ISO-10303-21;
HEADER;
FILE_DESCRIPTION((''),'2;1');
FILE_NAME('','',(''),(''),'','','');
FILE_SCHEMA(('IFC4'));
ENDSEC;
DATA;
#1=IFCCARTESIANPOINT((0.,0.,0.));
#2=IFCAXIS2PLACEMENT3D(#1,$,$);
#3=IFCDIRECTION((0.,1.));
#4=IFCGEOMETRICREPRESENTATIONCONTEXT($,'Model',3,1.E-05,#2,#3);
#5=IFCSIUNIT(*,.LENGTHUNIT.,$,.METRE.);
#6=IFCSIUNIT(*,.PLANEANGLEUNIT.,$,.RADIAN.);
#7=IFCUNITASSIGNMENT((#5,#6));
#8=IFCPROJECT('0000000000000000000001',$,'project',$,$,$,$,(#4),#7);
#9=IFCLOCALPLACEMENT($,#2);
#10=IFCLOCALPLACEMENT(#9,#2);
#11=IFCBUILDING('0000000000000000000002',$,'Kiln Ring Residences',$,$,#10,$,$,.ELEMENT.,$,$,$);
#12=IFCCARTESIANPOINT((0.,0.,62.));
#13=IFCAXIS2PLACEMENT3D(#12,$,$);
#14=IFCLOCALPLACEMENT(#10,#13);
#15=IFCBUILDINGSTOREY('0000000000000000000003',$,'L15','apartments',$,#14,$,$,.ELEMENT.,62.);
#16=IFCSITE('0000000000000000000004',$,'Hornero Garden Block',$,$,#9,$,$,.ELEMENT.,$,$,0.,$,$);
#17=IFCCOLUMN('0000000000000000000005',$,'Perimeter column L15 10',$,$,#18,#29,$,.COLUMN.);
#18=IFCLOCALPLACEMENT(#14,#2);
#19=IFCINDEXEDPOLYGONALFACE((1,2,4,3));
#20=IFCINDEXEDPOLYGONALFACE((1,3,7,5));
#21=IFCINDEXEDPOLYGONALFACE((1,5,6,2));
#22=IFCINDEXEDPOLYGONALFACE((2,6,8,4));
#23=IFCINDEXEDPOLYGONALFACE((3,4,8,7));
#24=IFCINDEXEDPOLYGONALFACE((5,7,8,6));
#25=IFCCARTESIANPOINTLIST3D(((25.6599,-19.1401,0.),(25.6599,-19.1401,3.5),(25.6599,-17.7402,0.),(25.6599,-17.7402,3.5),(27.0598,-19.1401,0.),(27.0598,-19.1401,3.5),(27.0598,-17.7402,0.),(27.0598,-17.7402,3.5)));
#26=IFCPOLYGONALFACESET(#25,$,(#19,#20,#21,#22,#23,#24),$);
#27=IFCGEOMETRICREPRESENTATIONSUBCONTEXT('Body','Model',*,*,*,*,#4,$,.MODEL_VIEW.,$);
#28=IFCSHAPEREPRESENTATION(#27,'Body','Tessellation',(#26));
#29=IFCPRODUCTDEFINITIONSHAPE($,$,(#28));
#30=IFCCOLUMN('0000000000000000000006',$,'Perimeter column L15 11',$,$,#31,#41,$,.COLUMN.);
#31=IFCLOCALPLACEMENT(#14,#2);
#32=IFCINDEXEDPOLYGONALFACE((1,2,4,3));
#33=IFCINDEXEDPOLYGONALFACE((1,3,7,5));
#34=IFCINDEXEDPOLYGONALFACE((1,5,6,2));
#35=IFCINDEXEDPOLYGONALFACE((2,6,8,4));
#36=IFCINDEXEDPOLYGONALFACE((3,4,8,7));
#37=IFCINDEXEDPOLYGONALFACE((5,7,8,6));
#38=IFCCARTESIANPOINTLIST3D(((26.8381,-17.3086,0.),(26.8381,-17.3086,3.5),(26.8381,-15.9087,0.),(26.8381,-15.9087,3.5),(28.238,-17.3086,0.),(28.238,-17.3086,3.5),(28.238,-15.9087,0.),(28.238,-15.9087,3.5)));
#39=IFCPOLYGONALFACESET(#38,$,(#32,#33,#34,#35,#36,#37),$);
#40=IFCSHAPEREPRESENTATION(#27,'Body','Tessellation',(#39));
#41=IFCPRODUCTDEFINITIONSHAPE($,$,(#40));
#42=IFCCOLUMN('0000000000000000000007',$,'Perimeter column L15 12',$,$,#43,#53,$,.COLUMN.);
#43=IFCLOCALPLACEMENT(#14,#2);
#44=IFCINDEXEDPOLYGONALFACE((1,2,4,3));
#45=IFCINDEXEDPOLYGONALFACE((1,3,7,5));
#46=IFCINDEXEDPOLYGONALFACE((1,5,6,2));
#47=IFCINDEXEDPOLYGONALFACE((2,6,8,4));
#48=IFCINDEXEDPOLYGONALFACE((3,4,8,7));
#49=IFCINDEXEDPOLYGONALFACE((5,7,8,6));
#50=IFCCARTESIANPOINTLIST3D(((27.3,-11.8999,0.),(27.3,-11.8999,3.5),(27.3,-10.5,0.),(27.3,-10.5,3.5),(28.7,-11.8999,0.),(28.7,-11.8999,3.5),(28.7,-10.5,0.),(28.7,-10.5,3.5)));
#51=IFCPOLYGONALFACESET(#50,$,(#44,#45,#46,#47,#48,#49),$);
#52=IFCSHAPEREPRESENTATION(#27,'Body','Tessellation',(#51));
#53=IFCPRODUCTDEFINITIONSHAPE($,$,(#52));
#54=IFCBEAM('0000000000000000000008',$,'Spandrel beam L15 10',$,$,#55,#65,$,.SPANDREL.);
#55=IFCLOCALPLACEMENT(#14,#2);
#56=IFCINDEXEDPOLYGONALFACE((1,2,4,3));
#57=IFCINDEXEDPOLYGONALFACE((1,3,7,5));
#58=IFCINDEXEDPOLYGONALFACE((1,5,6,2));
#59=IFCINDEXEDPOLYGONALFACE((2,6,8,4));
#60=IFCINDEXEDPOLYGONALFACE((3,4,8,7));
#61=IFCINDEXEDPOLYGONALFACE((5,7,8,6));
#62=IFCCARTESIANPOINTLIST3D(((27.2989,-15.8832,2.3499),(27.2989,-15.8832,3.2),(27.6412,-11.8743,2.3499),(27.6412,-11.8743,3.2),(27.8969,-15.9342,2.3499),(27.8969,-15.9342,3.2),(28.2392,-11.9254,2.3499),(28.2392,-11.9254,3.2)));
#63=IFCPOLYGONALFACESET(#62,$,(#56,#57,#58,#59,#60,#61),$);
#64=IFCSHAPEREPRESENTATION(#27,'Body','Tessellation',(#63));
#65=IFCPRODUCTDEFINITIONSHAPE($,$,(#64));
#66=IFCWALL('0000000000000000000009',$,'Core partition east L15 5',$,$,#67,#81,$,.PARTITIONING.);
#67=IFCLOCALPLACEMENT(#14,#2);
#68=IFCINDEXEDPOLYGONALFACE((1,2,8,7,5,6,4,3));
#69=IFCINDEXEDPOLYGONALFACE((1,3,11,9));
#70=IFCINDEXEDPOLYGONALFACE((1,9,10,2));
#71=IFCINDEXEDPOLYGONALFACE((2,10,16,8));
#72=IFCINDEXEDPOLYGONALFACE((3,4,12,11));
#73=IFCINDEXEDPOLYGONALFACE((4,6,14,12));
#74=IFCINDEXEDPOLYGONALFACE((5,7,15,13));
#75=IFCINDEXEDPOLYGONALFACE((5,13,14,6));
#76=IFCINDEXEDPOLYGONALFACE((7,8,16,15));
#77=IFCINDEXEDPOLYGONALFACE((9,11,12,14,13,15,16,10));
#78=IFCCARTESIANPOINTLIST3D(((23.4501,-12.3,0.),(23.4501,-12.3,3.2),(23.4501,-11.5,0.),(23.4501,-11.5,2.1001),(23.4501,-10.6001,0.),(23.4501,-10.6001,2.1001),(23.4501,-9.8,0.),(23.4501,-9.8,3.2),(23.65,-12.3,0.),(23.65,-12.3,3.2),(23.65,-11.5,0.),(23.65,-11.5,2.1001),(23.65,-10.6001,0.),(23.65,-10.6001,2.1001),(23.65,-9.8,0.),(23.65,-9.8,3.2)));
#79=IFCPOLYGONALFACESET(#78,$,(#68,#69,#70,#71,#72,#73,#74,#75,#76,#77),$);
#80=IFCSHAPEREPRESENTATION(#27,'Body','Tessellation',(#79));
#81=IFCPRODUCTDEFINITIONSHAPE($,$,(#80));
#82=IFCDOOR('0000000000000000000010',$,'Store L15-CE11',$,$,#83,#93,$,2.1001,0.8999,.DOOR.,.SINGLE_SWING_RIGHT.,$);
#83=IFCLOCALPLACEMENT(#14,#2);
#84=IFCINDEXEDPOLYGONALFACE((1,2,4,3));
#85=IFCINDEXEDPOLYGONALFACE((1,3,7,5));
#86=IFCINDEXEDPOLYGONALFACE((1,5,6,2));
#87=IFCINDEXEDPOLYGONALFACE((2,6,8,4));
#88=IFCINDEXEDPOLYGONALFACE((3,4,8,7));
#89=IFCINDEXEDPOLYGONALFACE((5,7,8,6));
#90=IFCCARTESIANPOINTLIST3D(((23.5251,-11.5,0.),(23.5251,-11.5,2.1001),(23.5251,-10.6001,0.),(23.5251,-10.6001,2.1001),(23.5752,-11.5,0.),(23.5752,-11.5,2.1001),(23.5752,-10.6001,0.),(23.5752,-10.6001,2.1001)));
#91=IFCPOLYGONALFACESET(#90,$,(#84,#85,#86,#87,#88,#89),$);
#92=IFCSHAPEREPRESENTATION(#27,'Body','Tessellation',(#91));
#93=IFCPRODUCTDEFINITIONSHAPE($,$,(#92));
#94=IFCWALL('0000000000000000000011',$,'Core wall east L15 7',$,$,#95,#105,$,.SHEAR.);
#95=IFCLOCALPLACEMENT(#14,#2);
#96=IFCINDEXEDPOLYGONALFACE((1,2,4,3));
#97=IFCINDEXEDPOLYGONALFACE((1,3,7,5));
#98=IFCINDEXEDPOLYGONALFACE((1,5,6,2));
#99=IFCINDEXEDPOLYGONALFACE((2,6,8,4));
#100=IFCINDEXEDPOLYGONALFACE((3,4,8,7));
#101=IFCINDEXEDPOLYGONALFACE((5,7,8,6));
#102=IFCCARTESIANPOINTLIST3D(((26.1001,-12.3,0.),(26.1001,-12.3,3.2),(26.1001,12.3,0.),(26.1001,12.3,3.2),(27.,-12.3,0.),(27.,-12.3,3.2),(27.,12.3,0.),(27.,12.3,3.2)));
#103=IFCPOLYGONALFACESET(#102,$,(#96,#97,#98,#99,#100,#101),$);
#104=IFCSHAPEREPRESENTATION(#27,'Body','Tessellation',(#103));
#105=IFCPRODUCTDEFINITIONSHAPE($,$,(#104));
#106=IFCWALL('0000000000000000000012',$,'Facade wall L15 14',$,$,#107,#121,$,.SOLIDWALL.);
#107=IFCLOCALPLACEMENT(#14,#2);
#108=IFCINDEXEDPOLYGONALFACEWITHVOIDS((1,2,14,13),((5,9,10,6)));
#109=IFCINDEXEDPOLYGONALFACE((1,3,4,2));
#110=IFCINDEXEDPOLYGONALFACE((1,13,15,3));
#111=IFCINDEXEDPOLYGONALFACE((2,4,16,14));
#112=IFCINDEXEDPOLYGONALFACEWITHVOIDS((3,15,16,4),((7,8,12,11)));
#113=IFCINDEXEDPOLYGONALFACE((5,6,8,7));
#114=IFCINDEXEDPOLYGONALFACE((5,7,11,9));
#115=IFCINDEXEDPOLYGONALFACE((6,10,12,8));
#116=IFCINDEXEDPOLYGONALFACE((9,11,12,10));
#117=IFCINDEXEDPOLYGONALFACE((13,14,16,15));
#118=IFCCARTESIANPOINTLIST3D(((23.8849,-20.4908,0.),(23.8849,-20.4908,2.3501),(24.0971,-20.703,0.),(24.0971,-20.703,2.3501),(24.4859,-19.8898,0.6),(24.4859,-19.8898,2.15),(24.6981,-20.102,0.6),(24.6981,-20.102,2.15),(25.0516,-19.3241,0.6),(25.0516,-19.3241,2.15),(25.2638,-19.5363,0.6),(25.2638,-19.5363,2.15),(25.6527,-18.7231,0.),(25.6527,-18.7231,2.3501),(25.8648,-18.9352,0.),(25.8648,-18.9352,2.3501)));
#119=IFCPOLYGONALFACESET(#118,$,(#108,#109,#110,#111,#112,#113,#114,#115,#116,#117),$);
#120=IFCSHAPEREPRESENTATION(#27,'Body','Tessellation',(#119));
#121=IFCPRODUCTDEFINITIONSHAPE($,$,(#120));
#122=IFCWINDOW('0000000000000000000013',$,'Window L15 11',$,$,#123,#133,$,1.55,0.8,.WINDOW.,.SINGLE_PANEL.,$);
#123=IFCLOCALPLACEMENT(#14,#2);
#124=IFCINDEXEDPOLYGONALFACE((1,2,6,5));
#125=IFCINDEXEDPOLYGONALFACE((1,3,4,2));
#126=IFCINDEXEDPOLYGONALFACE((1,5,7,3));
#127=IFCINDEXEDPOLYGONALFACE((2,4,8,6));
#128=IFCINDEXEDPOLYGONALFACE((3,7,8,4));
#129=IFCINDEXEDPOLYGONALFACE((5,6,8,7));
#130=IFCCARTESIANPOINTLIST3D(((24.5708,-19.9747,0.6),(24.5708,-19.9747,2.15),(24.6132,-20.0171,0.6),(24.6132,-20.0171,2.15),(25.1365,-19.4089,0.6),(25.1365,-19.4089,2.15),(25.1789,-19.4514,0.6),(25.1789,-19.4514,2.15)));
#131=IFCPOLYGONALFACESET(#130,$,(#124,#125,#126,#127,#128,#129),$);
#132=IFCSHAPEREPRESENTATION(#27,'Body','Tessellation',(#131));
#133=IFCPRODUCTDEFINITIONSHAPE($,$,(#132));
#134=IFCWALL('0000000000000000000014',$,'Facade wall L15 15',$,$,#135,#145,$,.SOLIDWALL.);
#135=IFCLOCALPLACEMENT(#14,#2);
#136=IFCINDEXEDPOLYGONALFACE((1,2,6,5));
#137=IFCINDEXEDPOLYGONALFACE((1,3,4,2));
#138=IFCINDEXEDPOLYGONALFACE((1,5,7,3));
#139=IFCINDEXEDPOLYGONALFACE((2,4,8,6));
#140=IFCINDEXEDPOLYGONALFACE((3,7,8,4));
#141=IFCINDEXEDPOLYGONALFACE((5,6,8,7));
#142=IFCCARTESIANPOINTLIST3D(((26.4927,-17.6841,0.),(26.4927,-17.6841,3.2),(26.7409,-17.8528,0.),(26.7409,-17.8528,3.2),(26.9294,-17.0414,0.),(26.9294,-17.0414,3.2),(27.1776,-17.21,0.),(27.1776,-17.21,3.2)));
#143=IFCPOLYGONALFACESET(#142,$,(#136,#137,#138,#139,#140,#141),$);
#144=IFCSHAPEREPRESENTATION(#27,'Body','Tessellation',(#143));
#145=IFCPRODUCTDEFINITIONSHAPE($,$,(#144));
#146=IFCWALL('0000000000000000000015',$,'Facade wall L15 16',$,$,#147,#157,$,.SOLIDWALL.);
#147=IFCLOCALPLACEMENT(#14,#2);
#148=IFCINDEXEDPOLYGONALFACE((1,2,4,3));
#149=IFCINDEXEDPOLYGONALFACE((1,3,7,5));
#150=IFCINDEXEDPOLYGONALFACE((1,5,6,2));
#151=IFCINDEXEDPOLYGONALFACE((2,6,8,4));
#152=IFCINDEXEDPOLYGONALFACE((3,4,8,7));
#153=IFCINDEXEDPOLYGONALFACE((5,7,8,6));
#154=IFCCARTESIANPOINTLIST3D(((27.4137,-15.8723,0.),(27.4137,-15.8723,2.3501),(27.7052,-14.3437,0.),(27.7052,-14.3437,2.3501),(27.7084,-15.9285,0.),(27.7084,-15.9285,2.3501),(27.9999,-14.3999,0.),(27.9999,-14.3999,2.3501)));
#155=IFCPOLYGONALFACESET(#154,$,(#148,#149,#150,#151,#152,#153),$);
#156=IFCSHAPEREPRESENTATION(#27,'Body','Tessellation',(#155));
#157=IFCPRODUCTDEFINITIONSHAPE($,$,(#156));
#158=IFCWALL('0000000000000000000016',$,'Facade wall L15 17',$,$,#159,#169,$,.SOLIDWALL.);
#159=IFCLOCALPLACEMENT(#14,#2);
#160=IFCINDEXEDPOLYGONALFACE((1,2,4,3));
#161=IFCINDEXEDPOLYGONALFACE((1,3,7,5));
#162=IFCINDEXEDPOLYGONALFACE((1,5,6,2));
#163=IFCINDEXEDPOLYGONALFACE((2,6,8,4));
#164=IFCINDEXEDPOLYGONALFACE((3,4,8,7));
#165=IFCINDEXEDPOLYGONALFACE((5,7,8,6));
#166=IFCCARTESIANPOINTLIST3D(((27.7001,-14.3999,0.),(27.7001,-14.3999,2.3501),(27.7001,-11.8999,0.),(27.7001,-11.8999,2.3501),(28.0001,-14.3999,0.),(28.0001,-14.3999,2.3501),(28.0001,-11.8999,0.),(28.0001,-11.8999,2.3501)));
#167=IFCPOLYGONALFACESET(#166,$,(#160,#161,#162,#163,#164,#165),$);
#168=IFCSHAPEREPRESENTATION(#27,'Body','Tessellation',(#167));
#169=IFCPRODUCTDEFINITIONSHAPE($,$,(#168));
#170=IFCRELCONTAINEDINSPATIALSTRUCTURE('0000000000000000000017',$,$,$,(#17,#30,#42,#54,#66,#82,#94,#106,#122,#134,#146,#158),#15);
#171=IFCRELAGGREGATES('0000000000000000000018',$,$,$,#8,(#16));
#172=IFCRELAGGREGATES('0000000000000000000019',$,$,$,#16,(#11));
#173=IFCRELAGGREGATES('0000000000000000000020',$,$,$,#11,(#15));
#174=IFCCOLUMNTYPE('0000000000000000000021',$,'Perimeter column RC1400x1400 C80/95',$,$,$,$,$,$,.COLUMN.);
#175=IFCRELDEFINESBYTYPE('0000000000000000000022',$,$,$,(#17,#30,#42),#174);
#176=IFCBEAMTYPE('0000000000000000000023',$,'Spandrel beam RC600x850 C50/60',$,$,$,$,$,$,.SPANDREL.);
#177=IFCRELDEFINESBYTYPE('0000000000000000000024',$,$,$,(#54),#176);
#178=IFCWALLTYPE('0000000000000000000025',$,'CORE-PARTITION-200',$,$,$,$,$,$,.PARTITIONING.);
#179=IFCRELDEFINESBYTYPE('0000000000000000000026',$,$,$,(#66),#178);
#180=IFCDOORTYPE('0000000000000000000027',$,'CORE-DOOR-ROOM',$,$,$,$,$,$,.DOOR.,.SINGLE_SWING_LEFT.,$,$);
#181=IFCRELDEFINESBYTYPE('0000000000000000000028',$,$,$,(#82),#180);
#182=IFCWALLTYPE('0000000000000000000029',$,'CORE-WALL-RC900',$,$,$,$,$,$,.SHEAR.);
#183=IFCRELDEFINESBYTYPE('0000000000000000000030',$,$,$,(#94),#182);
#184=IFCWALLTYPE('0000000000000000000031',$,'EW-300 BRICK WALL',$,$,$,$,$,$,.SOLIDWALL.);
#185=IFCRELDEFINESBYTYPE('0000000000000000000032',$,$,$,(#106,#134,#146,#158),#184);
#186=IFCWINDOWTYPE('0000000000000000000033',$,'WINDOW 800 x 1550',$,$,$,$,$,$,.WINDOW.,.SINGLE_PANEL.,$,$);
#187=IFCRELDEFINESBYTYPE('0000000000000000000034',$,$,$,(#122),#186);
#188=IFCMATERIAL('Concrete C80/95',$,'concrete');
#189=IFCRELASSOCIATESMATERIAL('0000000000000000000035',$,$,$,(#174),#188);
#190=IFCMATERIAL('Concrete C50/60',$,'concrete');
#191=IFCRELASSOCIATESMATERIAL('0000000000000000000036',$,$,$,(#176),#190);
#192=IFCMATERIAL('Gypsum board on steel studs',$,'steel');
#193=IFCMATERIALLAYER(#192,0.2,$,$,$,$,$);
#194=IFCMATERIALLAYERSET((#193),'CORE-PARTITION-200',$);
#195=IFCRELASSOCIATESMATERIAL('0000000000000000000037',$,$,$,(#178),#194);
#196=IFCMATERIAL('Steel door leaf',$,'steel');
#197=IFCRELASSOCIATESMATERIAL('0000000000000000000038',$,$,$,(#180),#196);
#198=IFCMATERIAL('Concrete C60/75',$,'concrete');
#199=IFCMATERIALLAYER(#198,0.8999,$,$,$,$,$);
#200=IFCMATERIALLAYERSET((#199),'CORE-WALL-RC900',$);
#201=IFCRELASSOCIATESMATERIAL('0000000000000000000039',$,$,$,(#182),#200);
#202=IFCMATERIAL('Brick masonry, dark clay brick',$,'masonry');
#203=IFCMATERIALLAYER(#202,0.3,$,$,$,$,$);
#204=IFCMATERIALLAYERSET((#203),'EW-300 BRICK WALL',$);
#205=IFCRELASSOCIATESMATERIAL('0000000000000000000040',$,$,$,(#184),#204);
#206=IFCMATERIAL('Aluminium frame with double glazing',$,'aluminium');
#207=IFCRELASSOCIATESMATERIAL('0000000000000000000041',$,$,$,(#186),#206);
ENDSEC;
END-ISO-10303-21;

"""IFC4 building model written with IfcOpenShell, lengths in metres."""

from ifc_helpers import new_model, si_unit, direction, frame, frame_2d, origin, origin_2d, place, context, subcontext, project, spatial, rectangle, extrude, material, layer, layer_set, material_profile, profile_set, type_object, element, fill, save


model = new_model("IFC4")

# Units and contexts
model_context = context("Model", 3, precision=1e-05, world=origin(), true_north=direction((0.0, 1.0)))
body_context = subcontext(model_context, "Body", "Model", "MODEL_VIEW")
ifc_project = project(units=[si_unit("LENGTHUNIT", "METRE"), si_unit("PLANEANGLEUNIT", "RADIAN")], contexts=[model_context])

# Site, building, storey
site_placement = place(None, origin())
site = spatial("IfcSite", under=ifc_project, at=site_placement, Name="Hornero Garden Block", CompositionType="ELEMENT", RefElevation=0.0)
building_placement = place(site_placement, origin())
building = spatial("IfcBuilding", under=site, at=building_placement, Name="Kiln Ring Residences", CompositionType="ELEMENT")
storey_placement = place(building_placement, frame((0.0, 0.0, 62.0)))
storey = spatial("IfcBuildingStorey", under=building, at=storey_placement, Name="L15", Description="apartments", CompositionType="ELEMENT", Elevation=62.0)

# Columns
ifc_material_1 = material(Name="Concrete C80/95", Category="concrete")
ifc_material_profile_1 = material_profile(ifc_material_1, rectangle(XDim=1.3999, YDim=1.3999, at=origin_2d()), Name="RC1400x1400")
ifc_profile_set_1 = profile_set([ifc_material_profile_1], Name="Concrete C80/95")
column_type = type_object("IfcColumnType", Name="Perimeter column RC1400x1400 C80/95", PredefinedType="COLUMN", material=ifc_profile_set_1)
for number, where, z_axis, x_axis, name in (
    (1, (26.3599, -18.4402, 0.0), (0.0, 0.0, 1.0), (1.0, 0.0, 0.0), "Perimeter column L15 10"),
    (2, (27.5381, -16.6086, 0.0), (0.0, 0.0, 1.0), (1.0, 0.0, 0.0), "Perimeter column L15 11"),
    (3, (28.0, -11.2, 0.0), (0.0, 0.0, 1.0), (1.0, 0.0, 0.0), "Perimeter column L15 12"),
):
    element("IfcColumn", number, at=place(storey_placement, frame(where, z_axis=z_axis, x_axis=x_axis)), inside=storey, type_object=column_type, Name=name, PredefinedType="COLUMN", context=body_context, shape_type="SweptSolid", body=[
        extrude(rectangle(XDim=1.3999, YDim=1.3999, at=origin_2d()), origin(), (0.0, 0.0, 1.0), 3.5),
    ])

# Beam
ifc_material_2 = material(Name="Concrete C50/60", Category="concrete")
ifc_material_profile_2 = material_profile(ifc_material_2, rectangle(XDim=0.6001, YDim=0.8501, at=origin_2d()), Name="RC600x850")
ifc_profile_set_2 = profile_set([ifc_material_profile_2], Name="Concrete C50/60")
beam_type = type_object("IfcBeamType", Name="Spandrel beam RC600x850 C50/60", PredefinedType="SPANDREL", material=ifc_profile_set_2)
beam_placement = place(storey_placement, frame((27.5979, -15.9087, 2.7749), z_axis=(0.085074, 0.996375, 0.0), x_axis=(-0.996375, 0.085074, 0.0)))
element("IfcBeam", 4, at=beam_placement, inside=storey, type_object=beam_type, Name="Spandrel beam L15 10", PredefinedType="SPANDREL", context=body_context, shape_type="SweptSolid", body=[
    extrude(rectangle(XDim=0.6001, YDim=0.8501, at=origin_2d()), origin(), (0.0, 0.0, 1.0), 4.0234),
])

# Wall, opening, door
ifc_material_3 = material(Name="Gypsum board on steel studs", Category="steel")
ifc_layer_1 = layer(ifc_material_3, 0.2)
ifc_layer_set_1 = layer_set([ifc_layer_1], Name="CORE-PARTITION-200")
wall_type_1 = type_object("IfcWallType", Name="CORE-PARTITION-200", PredefinedType="PARTITIONING", material=ifc_layer_set_1)
wall_1_placement = place(storey_placement, frame((23.55, -12.3, 0.0), z_axis=(0.0, 0.0, 1.0), x_axis=(0.0, 1.0, 0.0)))
wall_1 = element("IfcWall", 5, at=wall_1_placement, inside=storey, type_object=wall_type_1, Name="Core partition east L15 5", PredefinedType="PARTITIONING", context=body_context, shape_type="SweptSolid", body=[
    extrude(rectangle(XDim=2.5, YDim=0.2, at=frame_2d((1.25, 0.0))), origin(), (0.0, 0.0, 1.0), 3.2),
])
opening_1_placement = place(wall_1_placement, frame((0.8, 0.0, 0.0)))
opening_1 = element("IfcOpeningElement", 6, at=opening_1_placement, cuts=wall_1, PredefinedType="OPENING", context=body_context, shape_type="SweptSolid", body=[
    extrude(rectangle(XDim=0.8999, YDim=2.1001, at=frame_2d((0.45, 1.05))), frame((0.0, 0.1099, 0.0), z_axis=(0.0, -1.0, 0.0), x_axis=(1.0, 0.0, 0.0)), (0.0, 0.0, 1.0), 0.22),
])
ifc_material_4 = material(Name="Steel door leaf", Category="steel")
door_type = type_object("IfcDoorType", Name="CORE-DOOR-ROOM", OperationType="SINGLE_SWING_LEFT", PredefinedType="DOOR", material=ifc_material_4)
door_placement = place(opening_1_placement, origin())
door = element("IfcDoor", 7, at=door_placement, inside=storey, type_object=door_type, Name="Store L15-CE11", OperationType="SINGLE_SWING_RIGHT", OverallHeight=2.1001, OverallWidth=0.8999, PredefinedType="DOOR", context=body_context, shape_type="SweptSolid", body=[
    extrude(rectangle(XDim=0.8999, YDim=2.1001, at=frame_2d((0.45, 1.05))), frame((0.0, 0.0249, 0.0), z_axis=(0.0, -1.0, 0.0), x_axis=(1.0, 0.0, 0.0)), (0.0, 0.0, 1.0), 0.05),
])
fill(opening_1, door)

# Wall
ifc_material_5 = material(Name="Concrete C60/75", Category="concrete")
ifc_layer_2 = layer(ifc_material_5, 0.8999)
ifc_layer_set_2 = layer_set([ifc_layer_2], Name="CORE-WALL-RC900")
wall_type_2 = type_object("IfcWallType", Name="CORE-WALL-RC900", PredefinedType="SHEAR", material=ifc_layer_set_2)
wall_2_placement = place(storey_placement, frame((26.55, -12.3, 0.0), z_axis=(0.0, 0.0, 1.0), x_axis=(0.0, 1.0, 0.0)))
element("IfcWall", 8, at=wall_2_placement, inside=storey, type_object=wall_type_2, Name="Core wall east L15 7", PredefinedType="SHEAR", context=body_context, shape_type="SweptSolid", body=[
    extrude(rectangle(XDim=24.6001, YDim=0.8999, at=frame_2d((12.3, 0.0))), origin(), (0.0, 0.0, 1.0), 3.2),
])

# Wall, opening, window
ifc_material_6 = material(Name="Brick masonry, dark clay brick", Category="masonry")
ifc_layer_3 = layer(ifc_material_6, 0.3)
ifc_layer_set_3 = layer_set([ifc_layer_3], Name="EW-300 BRICK WALL")
wall_type_3 = type_object("IfcWallType", Name="EW-300 BRICK WALL", PredefinedType="SOLIDWALL", material=ifc_layer_set_3)
wall_3_placement = place(storey_placement, frame((23.991, -20.5969, 0.0), z_axis=(0.0, 0.0, 1.0), x_axis=(0.707107, 0.707107, 0.0)))
wall_3 = element("IfcWall", 9, at=wall_3_placement, inside=storey, type_object=wall_type_3, Name="Facade wall L15 14", PredefinedType="SOLIDWALL", context=body_context, shape_type="SweptSolid", body=[
    extrude(rectangle(XDim=2.5, YDim=0.3, at=frame_2d((1.25, 0.0))), origin(), (0.0, 0.0, 1.0), 2.3501),
])
opening_2_placement = place(wall_3_placement, frame((0.8501, 0.0, 0.6001)))
opening_2 = element("IfcOpeningElement", 10, at=opening_2_placement, cuts=wall_3, PredefinedType="OPENING", context=body_context, shape_type="SweptSolid", body=[
    extrude(rectangle(XDim=0.8, YDim=1.55, at=frame_2d((0.3999, 0.7749))), frame((0.0, 0.1599, 0.0), z_axis=(0.0, -1.0, 0.0), x_axis=(1.0, 0.0, 0.0)), (0.0, 0.0, 1.0), 0.3201),
])
ifc_material_7 = material(Name="Aluminium frame with double glazing", Category="aluminium")
window_type = type_object("IfcWindowType", Name="WINDOW 800 x 1550", PartitioningType="SINGLE_PANEL", PredefinedType="WINDOW", material=ifc_material_7)
window_placement = place(opening_2_placement, origin())
window = element("IfcWindow", 11, at=window_placement, inside=storey, type_object=window_type, Name="Window L15 11", OverallHeight=1.55, OverallWidth=0.8, PartitioningType="SINGLE_PANEL", PredefinedType="WINDOW", context=body_context, shape_type="SweptSolid", body=[
    extrude(rectangle(XDim=0.8, YDim=1.55, at=frame_2d((0.3999, 0.7749))), frame((0.0, 0.03, 0.0), z_axis=(0.0, -1.0, 0.0), x_axis=(1.0, 0.0, 0.0)), (0.0, 0.0, 1.0), 0.0601),
])
fill(opening_2, window)

# Walls
wall_4_placement = place(storey_placement, frame((26.6167, -17.7686, 0.0), z_axis=(0.0, 0.0, 1.0), x_axis=(0.562001, 0.827137, 0.0)))
element("IfcWall", 12, at=wall_4_placement, inside=storey, type_object=wall_type_3, Name="Facade wall L15 15", PredefinedType="SOLIDWALL", context=body_context, shape_type="SweptSolid", body=[
    extrude(rectangle(XDim=0.7771, YDim=0.3, at=frame_2d((0.3887, 0.0))), origin(), (0.0, 0.0, 1.0), 3.2),
])
wall_5_placement = place(storey_placement, frame((27.561, -15.9004, 0.0), z_axis=(0.0, 0.0, 1.0), x_axis=(0.187328, 0.982297, 0.0)))
element("IfcWall", 13, at=wall_5_placement, inside=storey, type_object=wall_type_3, Name="Facade wall L15 16", PredefinedType="SOLIDWALL", context=body_context, shape_type="SweptSolid", body=[
    extrude(rectangle(XDim=1.5562, YDim=0.3, at=frame_2d((0.7781, 0.0))), origin(), (0.0, 0.0, 1.0), 2.3501),
])
wall_6_placement = place(storey_placement, frame((27.8501, -14.3999, 0.0), z_axis=(0.0, 0.0, 1.0), x_axis=(0.0, 1.0, 0.0)))
element("IfcWall", 14, at=wall_6_placement, inside=storey, type_object=wall_type_3, Name="Facade wall L15 17", PredefinedType="SOLIDWALL", context=body_context, shape_type="SweptSolid", body=[
    extrude(rectangle(XDim=2.5, YDim=0.3, at=frame_2d((1.25, 0.0))), origin(), (0.0, 0.0, 1.0), 2.3501),
])

save(model, "model.ifc")
